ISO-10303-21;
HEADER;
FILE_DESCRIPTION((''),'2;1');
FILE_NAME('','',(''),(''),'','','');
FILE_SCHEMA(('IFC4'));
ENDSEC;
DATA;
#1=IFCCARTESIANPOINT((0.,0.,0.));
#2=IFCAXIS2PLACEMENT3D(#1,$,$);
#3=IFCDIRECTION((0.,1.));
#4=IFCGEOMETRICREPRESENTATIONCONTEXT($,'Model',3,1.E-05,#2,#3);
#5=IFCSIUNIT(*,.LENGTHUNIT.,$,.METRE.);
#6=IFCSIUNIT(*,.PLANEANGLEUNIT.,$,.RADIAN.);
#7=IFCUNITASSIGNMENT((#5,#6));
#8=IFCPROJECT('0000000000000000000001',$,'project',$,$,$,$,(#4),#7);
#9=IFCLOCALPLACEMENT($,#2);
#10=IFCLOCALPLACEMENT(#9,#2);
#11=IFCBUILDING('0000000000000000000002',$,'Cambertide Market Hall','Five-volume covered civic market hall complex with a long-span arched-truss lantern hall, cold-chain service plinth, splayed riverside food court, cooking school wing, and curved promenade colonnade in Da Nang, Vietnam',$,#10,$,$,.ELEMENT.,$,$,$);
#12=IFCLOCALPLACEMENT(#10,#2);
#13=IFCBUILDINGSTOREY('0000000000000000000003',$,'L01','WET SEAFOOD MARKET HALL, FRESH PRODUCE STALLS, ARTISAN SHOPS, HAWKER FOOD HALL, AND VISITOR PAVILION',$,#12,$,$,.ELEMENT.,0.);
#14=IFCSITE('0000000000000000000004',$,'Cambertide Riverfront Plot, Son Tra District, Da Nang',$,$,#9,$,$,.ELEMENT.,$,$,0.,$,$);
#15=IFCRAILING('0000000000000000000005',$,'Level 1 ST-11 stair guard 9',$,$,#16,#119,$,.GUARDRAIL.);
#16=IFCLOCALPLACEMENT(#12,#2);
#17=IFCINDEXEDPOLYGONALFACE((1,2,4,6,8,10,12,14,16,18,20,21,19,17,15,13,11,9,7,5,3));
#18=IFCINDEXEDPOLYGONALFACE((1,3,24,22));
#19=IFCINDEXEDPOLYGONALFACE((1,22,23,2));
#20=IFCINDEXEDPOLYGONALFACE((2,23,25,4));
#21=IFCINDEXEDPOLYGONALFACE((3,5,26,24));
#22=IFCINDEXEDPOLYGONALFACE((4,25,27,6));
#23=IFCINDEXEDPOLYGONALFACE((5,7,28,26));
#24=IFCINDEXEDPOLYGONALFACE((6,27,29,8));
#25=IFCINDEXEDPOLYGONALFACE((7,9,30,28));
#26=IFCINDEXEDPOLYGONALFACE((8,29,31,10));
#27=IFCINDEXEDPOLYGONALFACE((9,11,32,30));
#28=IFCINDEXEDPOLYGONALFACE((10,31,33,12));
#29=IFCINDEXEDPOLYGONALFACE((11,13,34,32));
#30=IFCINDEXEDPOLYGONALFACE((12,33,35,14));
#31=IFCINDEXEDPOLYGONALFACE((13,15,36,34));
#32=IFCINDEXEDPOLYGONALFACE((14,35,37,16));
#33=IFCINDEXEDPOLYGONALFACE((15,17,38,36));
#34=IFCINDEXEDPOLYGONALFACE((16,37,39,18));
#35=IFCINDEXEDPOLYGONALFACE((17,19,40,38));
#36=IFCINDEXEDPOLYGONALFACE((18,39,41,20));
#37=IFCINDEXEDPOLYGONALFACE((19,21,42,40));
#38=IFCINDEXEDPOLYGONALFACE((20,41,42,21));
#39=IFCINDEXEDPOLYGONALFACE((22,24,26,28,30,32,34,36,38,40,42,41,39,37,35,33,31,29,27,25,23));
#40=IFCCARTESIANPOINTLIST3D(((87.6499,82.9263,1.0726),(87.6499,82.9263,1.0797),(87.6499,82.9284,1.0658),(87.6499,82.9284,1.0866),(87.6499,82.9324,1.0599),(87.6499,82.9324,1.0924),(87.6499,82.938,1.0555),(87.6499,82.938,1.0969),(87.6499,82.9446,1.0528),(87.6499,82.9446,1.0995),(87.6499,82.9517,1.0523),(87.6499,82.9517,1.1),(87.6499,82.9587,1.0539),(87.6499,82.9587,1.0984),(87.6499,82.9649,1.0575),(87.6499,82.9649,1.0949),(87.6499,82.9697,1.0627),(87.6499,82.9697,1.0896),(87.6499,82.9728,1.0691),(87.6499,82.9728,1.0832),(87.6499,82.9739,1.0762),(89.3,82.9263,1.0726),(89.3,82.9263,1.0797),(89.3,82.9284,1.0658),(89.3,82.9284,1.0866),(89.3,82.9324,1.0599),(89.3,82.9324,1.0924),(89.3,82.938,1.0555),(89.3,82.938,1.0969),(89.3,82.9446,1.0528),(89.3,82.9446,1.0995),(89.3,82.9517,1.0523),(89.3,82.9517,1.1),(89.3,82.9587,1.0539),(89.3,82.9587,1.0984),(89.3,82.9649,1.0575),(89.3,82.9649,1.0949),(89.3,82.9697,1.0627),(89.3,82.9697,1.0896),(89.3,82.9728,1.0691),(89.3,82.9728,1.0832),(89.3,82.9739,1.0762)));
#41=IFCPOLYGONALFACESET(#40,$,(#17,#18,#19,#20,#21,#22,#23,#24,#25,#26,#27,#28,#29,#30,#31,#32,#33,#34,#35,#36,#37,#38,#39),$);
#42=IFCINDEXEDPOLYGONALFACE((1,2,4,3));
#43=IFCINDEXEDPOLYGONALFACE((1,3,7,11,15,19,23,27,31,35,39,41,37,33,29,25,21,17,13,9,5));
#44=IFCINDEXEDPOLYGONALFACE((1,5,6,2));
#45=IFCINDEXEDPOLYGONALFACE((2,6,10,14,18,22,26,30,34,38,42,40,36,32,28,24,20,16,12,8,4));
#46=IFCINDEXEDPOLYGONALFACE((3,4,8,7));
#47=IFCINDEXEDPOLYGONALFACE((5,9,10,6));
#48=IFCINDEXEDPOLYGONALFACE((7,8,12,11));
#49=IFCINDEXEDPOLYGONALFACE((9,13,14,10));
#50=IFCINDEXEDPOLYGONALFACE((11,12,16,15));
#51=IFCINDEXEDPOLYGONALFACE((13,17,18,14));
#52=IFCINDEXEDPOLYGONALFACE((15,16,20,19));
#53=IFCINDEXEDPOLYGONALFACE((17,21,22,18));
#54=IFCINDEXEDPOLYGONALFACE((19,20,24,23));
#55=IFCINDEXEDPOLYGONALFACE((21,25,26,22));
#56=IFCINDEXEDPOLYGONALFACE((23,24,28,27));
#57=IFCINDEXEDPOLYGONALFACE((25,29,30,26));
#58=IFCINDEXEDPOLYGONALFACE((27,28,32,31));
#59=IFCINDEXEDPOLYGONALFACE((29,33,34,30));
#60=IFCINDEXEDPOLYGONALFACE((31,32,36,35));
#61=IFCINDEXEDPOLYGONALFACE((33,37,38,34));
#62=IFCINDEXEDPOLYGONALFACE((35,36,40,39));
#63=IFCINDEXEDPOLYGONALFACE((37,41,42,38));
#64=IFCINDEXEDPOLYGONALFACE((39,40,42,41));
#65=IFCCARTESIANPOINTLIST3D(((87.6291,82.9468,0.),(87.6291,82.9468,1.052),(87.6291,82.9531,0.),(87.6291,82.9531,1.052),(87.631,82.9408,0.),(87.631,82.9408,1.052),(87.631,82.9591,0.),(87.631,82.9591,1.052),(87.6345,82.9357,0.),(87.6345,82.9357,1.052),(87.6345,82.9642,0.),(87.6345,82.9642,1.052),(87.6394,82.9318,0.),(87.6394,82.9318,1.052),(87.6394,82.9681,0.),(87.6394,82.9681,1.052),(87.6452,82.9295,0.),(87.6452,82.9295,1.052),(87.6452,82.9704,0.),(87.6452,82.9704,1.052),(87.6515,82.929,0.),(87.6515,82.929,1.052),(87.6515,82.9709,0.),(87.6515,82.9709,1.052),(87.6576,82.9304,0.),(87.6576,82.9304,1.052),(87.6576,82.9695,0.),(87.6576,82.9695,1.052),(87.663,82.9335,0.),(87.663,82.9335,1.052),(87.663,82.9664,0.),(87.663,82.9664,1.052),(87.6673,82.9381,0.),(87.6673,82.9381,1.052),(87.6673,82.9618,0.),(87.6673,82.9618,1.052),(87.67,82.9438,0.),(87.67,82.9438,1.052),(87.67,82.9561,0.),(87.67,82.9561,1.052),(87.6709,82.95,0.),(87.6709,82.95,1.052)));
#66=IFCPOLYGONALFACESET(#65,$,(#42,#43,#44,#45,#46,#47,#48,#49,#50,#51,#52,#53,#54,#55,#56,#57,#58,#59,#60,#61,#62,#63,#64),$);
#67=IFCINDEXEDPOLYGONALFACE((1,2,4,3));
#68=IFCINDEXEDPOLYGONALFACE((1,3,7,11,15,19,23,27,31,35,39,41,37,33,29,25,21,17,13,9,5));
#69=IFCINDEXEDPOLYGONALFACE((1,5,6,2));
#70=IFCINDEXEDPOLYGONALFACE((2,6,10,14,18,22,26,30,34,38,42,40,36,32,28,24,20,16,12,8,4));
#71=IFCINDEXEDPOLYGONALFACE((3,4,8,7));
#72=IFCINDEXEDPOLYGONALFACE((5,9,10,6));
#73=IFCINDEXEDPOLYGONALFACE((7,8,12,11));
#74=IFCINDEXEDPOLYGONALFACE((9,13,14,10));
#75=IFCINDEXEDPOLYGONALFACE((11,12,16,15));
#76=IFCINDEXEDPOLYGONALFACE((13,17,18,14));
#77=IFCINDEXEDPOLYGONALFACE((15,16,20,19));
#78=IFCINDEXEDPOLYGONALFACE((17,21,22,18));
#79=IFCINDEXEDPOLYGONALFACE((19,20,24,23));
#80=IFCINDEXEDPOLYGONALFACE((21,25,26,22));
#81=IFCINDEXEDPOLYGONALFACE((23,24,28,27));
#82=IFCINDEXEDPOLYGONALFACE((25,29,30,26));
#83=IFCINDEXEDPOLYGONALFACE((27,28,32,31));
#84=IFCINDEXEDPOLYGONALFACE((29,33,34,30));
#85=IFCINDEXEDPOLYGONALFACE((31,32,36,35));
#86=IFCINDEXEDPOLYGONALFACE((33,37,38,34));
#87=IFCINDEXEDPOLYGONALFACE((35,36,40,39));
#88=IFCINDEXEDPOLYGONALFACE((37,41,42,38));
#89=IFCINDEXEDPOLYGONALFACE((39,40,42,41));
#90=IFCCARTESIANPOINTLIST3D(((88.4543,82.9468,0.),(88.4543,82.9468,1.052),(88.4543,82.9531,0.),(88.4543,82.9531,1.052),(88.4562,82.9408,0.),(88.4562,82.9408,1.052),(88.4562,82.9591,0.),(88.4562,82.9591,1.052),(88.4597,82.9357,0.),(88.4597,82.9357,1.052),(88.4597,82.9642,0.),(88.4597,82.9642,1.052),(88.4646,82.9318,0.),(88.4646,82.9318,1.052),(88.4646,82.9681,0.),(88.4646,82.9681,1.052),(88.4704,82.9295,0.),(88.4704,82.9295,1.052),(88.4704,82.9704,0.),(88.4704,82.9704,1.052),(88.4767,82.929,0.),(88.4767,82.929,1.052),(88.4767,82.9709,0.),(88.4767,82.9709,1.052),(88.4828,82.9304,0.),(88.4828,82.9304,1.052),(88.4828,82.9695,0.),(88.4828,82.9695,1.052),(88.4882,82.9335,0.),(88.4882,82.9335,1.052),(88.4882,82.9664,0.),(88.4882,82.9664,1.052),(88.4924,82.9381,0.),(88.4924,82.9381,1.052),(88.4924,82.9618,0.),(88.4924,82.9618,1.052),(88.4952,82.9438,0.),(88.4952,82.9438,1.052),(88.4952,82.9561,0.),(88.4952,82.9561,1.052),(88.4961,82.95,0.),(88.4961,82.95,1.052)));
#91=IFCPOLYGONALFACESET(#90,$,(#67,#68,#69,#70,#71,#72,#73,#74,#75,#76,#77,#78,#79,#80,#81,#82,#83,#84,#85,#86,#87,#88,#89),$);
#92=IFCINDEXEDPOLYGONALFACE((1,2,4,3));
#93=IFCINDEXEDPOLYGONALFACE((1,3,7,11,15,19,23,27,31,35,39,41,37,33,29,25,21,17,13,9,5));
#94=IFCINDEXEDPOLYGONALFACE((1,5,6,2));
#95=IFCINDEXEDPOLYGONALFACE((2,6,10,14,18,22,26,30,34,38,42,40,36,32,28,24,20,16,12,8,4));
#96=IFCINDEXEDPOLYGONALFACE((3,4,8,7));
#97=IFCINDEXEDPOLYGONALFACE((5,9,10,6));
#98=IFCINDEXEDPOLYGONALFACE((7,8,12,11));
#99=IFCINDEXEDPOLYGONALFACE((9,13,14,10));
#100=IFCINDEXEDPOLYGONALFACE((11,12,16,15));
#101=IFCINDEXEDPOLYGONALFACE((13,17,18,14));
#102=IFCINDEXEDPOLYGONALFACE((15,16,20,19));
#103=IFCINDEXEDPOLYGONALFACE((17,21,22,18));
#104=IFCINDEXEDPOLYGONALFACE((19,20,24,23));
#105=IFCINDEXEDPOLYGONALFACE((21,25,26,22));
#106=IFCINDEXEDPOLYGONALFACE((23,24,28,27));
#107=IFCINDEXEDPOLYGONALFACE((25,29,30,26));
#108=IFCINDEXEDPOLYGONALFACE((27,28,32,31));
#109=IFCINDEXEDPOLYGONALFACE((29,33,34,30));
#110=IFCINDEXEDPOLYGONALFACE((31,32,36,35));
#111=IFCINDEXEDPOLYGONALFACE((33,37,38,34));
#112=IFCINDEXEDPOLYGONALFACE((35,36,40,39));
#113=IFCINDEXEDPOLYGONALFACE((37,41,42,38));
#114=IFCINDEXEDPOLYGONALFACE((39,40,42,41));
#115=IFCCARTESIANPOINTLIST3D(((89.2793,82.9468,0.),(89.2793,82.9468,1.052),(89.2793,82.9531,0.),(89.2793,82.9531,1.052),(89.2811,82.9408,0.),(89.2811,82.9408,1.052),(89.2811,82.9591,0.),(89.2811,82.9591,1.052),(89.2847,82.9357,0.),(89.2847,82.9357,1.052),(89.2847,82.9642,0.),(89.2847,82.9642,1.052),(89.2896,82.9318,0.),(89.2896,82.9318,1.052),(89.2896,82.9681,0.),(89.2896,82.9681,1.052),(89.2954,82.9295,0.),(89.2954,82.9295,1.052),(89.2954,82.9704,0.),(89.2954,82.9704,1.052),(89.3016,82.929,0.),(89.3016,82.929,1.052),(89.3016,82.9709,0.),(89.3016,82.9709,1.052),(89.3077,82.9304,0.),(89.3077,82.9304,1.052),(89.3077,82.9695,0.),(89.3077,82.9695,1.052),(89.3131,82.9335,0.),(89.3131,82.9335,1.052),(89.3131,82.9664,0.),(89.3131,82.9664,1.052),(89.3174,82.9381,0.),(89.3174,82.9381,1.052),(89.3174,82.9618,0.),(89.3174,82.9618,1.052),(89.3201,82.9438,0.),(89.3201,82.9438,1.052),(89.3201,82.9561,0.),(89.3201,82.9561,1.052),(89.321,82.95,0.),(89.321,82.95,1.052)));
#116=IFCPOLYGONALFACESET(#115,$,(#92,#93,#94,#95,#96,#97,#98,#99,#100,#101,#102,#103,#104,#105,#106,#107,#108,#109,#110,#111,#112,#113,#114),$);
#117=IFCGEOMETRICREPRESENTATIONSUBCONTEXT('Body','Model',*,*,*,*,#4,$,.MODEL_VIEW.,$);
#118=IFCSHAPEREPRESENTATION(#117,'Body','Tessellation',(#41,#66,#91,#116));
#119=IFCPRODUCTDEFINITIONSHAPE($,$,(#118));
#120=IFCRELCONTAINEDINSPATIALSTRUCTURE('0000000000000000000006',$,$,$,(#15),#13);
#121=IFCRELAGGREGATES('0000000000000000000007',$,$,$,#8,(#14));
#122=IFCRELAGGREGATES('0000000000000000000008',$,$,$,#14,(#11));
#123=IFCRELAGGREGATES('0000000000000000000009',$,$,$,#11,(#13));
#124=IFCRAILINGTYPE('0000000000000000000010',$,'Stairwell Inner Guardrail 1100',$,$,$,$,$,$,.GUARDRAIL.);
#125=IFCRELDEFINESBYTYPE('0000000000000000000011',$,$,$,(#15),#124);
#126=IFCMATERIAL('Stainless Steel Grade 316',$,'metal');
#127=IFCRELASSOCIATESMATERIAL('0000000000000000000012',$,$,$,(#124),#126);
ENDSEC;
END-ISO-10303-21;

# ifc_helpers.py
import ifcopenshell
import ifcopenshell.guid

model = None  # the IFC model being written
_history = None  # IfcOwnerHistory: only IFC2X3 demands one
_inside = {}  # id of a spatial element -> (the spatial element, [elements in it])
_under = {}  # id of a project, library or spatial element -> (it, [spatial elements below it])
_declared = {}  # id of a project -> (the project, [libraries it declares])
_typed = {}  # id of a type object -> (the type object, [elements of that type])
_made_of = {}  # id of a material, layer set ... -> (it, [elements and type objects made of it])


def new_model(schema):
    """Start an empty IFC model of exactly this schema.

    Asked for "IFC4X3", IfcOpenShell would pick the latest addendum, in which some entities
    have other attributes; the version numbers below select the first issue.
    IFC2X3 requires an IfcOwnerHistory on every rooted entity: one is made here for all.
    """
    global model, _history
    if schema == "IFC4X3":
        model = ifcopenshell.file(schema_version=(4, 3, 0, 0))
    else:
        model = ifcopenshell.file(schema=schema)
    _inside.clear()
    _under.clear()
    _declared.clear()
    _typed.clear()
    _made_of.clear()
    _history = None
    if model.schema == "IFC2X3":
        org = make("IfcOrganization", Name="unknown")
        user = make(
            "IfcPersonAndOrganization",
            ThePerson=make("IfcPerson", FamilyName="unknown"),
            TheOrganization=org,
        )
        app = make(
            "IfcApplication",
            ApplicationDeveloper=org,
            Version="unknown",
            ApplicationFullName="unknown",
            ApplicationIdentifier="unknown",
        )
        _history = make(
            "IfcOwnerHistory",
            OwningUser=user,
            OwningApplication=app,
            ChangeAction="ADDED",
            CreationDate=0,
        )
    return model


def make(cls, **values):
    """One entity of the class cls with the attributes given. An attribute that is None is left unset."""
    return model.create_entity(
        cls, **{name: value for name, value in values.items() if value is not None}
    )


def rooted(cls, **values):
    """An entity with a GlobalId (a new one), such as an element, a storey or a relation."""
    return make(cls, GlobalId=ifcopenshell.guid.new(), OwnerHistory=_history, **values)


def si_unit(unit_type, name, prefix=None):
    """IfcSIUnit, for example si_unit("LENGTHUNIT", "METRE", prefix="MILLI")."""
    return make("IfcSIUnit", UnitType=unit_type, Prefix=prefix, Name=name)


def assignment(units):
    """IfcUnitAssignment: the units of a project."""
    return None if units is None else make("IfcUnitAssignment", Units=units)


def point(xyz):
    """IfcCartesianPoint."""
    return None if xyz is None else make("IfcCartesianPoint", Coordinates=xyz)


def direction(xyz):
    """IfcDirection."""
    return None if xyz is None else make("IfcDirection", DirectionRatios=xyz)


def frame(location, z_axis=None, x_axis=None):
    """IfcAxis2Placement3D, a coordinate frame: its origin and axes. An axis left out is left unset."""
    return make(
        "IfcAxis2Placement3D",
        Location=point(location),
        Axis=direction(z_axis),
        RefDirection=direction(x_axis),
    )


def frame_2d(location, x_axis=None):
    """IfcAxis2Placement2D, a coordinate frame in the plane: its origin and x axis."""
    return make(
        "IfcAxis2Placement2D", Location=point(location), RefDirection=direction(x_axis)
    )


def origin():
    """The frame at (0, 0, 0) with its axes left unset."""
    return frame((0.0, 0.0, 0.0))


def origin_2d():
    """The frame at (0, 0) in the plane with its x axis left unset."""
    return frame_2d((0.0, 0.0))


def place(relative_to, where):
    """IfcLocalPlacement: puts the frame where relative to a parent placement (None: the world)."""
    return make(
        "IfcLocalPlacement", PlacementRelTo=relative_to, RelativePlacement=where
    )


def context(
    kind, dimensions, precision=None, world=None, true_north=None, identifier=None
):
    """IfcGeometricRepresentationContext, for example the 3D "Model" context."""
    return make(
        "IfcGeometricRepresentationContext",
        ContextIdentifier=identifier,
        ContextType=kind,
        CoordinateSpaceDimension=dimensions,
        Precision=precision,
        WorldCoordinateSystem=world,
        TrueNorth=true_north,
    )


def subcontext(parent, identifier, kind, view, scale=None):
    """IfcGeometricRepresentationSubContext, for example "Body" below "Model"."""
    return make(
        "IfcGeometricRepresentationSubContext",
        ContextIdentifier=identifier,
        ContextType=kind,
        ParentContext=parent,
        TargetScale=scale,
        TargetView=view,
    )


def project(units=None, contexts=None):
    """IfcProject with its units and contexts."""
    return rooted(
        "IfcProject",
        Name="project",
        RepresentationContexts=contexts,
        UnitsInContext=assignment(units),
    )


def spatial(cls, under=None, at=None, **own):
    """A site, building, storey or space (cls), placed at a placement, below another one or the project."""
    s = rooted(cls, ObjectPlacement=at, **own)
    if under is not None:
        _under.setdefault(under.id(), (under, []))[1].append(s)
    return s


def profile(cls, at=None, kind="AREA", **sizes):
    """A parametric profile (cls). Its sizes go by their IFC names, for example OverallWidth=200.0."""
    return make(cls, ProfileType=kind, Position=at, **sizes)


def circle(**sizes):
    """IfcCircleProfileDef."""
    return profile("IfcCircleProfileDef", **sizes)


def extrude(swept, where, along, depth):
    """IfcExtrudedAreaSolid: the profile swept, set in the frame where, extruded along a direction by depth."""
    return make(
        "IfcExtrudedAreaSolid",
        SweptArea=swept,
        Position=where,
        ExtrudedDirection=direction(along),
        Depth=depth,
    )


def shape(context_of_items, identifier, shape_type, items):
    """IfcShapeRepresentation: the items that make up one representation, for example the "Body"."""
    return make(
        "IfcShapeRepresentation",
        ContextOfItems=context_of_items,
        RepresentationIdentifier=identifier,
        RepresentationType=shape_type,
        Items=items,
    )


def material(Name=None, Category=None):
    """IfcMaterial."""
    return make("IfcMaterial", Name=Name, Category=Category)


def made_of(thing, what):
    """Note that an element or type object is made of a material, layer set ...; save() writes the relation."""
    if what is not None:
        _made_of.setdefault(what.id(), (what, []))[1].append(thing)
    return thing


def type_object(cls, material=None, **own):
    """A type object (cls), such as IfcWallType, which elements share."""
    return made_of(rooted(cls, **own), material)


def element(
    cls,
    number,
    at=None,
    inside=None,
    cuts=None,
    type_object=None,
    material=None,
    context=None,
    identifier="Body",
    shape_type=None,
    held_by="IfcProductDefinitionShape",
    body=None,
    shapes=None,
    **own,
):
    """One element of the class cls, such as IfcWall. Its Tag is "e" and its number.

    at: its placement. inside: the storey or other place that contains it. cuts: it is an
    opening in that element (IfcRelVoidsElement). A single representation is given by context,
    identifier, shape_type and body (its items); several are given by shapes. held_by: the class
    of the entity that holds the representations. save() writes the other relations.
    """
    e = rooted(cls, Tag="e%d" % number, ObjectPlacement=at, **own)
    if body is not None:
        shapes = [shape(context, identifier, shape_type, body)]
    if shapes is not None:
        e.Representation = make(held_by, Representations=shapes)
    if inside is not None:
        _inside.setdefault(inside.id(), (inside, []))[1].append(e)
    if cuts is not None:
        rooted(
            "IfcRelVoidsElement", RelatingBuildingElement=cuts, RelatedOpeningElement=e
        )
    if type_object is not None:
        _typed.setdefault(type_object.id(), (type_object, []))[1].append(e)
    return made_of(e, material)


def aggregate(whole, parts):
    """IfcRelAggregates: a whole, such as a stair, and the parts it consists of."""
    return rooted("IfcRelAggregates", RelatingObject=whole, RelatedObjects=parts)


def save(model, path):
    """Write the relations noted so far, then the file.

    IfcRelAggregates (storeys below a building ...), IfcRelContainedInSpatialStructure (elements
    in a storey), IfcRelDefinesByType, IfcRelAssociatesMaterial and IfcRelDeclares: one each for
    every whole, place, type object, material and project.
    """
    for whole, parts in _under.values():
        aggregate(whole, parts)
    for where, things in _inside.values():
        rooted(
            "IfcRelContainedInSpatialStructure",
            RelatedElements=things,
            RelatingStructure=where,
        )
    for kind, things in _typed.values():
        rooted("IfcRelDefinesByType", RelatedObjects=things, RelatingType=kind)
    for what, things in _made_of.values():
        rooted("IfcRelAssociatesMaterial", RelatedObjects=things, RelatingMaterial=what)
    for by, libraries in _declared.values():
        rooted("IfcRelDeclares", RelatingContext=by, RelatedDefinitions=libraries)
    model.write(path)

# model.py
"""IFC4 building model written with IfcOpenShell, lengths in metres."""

from ifc_helpers import new_model, si_unit, direction, frame, origin, origin_2d, place, context, subcontext, project, spatial, circle, extrude, material, type_object, element, save


model = new_model("IFC4")

# Units and contexts
model_context = context("Model", 3, precision=1e-05, world=origin(), true_north=direction((0.0, 1.0)))
body_context = subcontext(model_context, "Body", "Model", "MODEL_VIEW")
ifc_project = project(units=[si_unit("LENGTHUNIT", "METRE"), si_unit("PLANEANGLEUNIT", "RADIAN")], contexts=[model_context])

# Site, building, storey
site_placement = place(None, origin())
site = spatial("IfcSite", under=ifc_project, at=site_placement, Name="Cambertide Riverfront Plot, Son Tra District, Da Nang", CompositionType="ELEMENT", RefElevation=0.0)
building_placement = place(site_placement, origin())
building = spatial("IfcBuilding", under=site, at=building_placement, Name="Cambertide Market Hall", Description="Five-volume covered civic market hall complex with a long-span arched-truss lantern hall, cold-chain service plinth, splayed riverside food court, cooking school wing, and curved promenade colonnade in Da Nang, Vietnam", CompositionType="ELEMENT")
storey_placement = place(building_placement, origin())
storey = spatial("IfcBuildingStorey", under=building, at=storey_placement, Name="L01", Description="WET SEAFOOD MARKET HALL, FRESH PRODUCE STALLS, ARTISAN SHOPS, HAWKER FOOD HALL, AND VISITOR PAVILION", CompositionType="ELEMENT", Elevation=0.0)

# Railing
ifc_material_1 = material(Name="Stainless Steel Grade 316", Category="metal")
railing_type_1 = type_object("IfcRailingType", Name="Stairwell Inner Guardrail 1100", PredefinedType="GUARDRAIL", material=ifc_material_1)
for number, where, name in (
    (1, (87.6499, 82.95, 0.0), "Level 1 ST-11 stair guard 9"),
):
    element("IfcRailing", number, at=place(storey_placement, frame(where)), inside=storey, type_object=railing_type_1, Name=name, PredefinedType="GUARDRAIL", context=body_context, shape_type="SweptSolid", body=[
        extrude(circle(Radius=0.0239, at=origin_2d()), frame((0.0, 0.0, 1.0762), z_axis=(1.0, 0.0, 0.0), x_axis=(0.0, 1.0, 0.0)), (0.0, 0.0, 1.0), 1.6501),
        extrude(circle(Radius=0.021, at=origin_2d()), origin(), (0.0, 0.0, 1.0), 1.052),
        extrude(circle(Radius=0.021, at=origin_2d()), frame((0.8252, 0.0, 0.0)), (0.0, 0.0, 1.0), 1.052),
        extrude(circle(Radius=0.021, at=origin_2d()), frame((1.6501, 0.0, 0.0)), (0.0, 0.0, 1.0), 1.052),
    ])

save(model, "model.ifc")
